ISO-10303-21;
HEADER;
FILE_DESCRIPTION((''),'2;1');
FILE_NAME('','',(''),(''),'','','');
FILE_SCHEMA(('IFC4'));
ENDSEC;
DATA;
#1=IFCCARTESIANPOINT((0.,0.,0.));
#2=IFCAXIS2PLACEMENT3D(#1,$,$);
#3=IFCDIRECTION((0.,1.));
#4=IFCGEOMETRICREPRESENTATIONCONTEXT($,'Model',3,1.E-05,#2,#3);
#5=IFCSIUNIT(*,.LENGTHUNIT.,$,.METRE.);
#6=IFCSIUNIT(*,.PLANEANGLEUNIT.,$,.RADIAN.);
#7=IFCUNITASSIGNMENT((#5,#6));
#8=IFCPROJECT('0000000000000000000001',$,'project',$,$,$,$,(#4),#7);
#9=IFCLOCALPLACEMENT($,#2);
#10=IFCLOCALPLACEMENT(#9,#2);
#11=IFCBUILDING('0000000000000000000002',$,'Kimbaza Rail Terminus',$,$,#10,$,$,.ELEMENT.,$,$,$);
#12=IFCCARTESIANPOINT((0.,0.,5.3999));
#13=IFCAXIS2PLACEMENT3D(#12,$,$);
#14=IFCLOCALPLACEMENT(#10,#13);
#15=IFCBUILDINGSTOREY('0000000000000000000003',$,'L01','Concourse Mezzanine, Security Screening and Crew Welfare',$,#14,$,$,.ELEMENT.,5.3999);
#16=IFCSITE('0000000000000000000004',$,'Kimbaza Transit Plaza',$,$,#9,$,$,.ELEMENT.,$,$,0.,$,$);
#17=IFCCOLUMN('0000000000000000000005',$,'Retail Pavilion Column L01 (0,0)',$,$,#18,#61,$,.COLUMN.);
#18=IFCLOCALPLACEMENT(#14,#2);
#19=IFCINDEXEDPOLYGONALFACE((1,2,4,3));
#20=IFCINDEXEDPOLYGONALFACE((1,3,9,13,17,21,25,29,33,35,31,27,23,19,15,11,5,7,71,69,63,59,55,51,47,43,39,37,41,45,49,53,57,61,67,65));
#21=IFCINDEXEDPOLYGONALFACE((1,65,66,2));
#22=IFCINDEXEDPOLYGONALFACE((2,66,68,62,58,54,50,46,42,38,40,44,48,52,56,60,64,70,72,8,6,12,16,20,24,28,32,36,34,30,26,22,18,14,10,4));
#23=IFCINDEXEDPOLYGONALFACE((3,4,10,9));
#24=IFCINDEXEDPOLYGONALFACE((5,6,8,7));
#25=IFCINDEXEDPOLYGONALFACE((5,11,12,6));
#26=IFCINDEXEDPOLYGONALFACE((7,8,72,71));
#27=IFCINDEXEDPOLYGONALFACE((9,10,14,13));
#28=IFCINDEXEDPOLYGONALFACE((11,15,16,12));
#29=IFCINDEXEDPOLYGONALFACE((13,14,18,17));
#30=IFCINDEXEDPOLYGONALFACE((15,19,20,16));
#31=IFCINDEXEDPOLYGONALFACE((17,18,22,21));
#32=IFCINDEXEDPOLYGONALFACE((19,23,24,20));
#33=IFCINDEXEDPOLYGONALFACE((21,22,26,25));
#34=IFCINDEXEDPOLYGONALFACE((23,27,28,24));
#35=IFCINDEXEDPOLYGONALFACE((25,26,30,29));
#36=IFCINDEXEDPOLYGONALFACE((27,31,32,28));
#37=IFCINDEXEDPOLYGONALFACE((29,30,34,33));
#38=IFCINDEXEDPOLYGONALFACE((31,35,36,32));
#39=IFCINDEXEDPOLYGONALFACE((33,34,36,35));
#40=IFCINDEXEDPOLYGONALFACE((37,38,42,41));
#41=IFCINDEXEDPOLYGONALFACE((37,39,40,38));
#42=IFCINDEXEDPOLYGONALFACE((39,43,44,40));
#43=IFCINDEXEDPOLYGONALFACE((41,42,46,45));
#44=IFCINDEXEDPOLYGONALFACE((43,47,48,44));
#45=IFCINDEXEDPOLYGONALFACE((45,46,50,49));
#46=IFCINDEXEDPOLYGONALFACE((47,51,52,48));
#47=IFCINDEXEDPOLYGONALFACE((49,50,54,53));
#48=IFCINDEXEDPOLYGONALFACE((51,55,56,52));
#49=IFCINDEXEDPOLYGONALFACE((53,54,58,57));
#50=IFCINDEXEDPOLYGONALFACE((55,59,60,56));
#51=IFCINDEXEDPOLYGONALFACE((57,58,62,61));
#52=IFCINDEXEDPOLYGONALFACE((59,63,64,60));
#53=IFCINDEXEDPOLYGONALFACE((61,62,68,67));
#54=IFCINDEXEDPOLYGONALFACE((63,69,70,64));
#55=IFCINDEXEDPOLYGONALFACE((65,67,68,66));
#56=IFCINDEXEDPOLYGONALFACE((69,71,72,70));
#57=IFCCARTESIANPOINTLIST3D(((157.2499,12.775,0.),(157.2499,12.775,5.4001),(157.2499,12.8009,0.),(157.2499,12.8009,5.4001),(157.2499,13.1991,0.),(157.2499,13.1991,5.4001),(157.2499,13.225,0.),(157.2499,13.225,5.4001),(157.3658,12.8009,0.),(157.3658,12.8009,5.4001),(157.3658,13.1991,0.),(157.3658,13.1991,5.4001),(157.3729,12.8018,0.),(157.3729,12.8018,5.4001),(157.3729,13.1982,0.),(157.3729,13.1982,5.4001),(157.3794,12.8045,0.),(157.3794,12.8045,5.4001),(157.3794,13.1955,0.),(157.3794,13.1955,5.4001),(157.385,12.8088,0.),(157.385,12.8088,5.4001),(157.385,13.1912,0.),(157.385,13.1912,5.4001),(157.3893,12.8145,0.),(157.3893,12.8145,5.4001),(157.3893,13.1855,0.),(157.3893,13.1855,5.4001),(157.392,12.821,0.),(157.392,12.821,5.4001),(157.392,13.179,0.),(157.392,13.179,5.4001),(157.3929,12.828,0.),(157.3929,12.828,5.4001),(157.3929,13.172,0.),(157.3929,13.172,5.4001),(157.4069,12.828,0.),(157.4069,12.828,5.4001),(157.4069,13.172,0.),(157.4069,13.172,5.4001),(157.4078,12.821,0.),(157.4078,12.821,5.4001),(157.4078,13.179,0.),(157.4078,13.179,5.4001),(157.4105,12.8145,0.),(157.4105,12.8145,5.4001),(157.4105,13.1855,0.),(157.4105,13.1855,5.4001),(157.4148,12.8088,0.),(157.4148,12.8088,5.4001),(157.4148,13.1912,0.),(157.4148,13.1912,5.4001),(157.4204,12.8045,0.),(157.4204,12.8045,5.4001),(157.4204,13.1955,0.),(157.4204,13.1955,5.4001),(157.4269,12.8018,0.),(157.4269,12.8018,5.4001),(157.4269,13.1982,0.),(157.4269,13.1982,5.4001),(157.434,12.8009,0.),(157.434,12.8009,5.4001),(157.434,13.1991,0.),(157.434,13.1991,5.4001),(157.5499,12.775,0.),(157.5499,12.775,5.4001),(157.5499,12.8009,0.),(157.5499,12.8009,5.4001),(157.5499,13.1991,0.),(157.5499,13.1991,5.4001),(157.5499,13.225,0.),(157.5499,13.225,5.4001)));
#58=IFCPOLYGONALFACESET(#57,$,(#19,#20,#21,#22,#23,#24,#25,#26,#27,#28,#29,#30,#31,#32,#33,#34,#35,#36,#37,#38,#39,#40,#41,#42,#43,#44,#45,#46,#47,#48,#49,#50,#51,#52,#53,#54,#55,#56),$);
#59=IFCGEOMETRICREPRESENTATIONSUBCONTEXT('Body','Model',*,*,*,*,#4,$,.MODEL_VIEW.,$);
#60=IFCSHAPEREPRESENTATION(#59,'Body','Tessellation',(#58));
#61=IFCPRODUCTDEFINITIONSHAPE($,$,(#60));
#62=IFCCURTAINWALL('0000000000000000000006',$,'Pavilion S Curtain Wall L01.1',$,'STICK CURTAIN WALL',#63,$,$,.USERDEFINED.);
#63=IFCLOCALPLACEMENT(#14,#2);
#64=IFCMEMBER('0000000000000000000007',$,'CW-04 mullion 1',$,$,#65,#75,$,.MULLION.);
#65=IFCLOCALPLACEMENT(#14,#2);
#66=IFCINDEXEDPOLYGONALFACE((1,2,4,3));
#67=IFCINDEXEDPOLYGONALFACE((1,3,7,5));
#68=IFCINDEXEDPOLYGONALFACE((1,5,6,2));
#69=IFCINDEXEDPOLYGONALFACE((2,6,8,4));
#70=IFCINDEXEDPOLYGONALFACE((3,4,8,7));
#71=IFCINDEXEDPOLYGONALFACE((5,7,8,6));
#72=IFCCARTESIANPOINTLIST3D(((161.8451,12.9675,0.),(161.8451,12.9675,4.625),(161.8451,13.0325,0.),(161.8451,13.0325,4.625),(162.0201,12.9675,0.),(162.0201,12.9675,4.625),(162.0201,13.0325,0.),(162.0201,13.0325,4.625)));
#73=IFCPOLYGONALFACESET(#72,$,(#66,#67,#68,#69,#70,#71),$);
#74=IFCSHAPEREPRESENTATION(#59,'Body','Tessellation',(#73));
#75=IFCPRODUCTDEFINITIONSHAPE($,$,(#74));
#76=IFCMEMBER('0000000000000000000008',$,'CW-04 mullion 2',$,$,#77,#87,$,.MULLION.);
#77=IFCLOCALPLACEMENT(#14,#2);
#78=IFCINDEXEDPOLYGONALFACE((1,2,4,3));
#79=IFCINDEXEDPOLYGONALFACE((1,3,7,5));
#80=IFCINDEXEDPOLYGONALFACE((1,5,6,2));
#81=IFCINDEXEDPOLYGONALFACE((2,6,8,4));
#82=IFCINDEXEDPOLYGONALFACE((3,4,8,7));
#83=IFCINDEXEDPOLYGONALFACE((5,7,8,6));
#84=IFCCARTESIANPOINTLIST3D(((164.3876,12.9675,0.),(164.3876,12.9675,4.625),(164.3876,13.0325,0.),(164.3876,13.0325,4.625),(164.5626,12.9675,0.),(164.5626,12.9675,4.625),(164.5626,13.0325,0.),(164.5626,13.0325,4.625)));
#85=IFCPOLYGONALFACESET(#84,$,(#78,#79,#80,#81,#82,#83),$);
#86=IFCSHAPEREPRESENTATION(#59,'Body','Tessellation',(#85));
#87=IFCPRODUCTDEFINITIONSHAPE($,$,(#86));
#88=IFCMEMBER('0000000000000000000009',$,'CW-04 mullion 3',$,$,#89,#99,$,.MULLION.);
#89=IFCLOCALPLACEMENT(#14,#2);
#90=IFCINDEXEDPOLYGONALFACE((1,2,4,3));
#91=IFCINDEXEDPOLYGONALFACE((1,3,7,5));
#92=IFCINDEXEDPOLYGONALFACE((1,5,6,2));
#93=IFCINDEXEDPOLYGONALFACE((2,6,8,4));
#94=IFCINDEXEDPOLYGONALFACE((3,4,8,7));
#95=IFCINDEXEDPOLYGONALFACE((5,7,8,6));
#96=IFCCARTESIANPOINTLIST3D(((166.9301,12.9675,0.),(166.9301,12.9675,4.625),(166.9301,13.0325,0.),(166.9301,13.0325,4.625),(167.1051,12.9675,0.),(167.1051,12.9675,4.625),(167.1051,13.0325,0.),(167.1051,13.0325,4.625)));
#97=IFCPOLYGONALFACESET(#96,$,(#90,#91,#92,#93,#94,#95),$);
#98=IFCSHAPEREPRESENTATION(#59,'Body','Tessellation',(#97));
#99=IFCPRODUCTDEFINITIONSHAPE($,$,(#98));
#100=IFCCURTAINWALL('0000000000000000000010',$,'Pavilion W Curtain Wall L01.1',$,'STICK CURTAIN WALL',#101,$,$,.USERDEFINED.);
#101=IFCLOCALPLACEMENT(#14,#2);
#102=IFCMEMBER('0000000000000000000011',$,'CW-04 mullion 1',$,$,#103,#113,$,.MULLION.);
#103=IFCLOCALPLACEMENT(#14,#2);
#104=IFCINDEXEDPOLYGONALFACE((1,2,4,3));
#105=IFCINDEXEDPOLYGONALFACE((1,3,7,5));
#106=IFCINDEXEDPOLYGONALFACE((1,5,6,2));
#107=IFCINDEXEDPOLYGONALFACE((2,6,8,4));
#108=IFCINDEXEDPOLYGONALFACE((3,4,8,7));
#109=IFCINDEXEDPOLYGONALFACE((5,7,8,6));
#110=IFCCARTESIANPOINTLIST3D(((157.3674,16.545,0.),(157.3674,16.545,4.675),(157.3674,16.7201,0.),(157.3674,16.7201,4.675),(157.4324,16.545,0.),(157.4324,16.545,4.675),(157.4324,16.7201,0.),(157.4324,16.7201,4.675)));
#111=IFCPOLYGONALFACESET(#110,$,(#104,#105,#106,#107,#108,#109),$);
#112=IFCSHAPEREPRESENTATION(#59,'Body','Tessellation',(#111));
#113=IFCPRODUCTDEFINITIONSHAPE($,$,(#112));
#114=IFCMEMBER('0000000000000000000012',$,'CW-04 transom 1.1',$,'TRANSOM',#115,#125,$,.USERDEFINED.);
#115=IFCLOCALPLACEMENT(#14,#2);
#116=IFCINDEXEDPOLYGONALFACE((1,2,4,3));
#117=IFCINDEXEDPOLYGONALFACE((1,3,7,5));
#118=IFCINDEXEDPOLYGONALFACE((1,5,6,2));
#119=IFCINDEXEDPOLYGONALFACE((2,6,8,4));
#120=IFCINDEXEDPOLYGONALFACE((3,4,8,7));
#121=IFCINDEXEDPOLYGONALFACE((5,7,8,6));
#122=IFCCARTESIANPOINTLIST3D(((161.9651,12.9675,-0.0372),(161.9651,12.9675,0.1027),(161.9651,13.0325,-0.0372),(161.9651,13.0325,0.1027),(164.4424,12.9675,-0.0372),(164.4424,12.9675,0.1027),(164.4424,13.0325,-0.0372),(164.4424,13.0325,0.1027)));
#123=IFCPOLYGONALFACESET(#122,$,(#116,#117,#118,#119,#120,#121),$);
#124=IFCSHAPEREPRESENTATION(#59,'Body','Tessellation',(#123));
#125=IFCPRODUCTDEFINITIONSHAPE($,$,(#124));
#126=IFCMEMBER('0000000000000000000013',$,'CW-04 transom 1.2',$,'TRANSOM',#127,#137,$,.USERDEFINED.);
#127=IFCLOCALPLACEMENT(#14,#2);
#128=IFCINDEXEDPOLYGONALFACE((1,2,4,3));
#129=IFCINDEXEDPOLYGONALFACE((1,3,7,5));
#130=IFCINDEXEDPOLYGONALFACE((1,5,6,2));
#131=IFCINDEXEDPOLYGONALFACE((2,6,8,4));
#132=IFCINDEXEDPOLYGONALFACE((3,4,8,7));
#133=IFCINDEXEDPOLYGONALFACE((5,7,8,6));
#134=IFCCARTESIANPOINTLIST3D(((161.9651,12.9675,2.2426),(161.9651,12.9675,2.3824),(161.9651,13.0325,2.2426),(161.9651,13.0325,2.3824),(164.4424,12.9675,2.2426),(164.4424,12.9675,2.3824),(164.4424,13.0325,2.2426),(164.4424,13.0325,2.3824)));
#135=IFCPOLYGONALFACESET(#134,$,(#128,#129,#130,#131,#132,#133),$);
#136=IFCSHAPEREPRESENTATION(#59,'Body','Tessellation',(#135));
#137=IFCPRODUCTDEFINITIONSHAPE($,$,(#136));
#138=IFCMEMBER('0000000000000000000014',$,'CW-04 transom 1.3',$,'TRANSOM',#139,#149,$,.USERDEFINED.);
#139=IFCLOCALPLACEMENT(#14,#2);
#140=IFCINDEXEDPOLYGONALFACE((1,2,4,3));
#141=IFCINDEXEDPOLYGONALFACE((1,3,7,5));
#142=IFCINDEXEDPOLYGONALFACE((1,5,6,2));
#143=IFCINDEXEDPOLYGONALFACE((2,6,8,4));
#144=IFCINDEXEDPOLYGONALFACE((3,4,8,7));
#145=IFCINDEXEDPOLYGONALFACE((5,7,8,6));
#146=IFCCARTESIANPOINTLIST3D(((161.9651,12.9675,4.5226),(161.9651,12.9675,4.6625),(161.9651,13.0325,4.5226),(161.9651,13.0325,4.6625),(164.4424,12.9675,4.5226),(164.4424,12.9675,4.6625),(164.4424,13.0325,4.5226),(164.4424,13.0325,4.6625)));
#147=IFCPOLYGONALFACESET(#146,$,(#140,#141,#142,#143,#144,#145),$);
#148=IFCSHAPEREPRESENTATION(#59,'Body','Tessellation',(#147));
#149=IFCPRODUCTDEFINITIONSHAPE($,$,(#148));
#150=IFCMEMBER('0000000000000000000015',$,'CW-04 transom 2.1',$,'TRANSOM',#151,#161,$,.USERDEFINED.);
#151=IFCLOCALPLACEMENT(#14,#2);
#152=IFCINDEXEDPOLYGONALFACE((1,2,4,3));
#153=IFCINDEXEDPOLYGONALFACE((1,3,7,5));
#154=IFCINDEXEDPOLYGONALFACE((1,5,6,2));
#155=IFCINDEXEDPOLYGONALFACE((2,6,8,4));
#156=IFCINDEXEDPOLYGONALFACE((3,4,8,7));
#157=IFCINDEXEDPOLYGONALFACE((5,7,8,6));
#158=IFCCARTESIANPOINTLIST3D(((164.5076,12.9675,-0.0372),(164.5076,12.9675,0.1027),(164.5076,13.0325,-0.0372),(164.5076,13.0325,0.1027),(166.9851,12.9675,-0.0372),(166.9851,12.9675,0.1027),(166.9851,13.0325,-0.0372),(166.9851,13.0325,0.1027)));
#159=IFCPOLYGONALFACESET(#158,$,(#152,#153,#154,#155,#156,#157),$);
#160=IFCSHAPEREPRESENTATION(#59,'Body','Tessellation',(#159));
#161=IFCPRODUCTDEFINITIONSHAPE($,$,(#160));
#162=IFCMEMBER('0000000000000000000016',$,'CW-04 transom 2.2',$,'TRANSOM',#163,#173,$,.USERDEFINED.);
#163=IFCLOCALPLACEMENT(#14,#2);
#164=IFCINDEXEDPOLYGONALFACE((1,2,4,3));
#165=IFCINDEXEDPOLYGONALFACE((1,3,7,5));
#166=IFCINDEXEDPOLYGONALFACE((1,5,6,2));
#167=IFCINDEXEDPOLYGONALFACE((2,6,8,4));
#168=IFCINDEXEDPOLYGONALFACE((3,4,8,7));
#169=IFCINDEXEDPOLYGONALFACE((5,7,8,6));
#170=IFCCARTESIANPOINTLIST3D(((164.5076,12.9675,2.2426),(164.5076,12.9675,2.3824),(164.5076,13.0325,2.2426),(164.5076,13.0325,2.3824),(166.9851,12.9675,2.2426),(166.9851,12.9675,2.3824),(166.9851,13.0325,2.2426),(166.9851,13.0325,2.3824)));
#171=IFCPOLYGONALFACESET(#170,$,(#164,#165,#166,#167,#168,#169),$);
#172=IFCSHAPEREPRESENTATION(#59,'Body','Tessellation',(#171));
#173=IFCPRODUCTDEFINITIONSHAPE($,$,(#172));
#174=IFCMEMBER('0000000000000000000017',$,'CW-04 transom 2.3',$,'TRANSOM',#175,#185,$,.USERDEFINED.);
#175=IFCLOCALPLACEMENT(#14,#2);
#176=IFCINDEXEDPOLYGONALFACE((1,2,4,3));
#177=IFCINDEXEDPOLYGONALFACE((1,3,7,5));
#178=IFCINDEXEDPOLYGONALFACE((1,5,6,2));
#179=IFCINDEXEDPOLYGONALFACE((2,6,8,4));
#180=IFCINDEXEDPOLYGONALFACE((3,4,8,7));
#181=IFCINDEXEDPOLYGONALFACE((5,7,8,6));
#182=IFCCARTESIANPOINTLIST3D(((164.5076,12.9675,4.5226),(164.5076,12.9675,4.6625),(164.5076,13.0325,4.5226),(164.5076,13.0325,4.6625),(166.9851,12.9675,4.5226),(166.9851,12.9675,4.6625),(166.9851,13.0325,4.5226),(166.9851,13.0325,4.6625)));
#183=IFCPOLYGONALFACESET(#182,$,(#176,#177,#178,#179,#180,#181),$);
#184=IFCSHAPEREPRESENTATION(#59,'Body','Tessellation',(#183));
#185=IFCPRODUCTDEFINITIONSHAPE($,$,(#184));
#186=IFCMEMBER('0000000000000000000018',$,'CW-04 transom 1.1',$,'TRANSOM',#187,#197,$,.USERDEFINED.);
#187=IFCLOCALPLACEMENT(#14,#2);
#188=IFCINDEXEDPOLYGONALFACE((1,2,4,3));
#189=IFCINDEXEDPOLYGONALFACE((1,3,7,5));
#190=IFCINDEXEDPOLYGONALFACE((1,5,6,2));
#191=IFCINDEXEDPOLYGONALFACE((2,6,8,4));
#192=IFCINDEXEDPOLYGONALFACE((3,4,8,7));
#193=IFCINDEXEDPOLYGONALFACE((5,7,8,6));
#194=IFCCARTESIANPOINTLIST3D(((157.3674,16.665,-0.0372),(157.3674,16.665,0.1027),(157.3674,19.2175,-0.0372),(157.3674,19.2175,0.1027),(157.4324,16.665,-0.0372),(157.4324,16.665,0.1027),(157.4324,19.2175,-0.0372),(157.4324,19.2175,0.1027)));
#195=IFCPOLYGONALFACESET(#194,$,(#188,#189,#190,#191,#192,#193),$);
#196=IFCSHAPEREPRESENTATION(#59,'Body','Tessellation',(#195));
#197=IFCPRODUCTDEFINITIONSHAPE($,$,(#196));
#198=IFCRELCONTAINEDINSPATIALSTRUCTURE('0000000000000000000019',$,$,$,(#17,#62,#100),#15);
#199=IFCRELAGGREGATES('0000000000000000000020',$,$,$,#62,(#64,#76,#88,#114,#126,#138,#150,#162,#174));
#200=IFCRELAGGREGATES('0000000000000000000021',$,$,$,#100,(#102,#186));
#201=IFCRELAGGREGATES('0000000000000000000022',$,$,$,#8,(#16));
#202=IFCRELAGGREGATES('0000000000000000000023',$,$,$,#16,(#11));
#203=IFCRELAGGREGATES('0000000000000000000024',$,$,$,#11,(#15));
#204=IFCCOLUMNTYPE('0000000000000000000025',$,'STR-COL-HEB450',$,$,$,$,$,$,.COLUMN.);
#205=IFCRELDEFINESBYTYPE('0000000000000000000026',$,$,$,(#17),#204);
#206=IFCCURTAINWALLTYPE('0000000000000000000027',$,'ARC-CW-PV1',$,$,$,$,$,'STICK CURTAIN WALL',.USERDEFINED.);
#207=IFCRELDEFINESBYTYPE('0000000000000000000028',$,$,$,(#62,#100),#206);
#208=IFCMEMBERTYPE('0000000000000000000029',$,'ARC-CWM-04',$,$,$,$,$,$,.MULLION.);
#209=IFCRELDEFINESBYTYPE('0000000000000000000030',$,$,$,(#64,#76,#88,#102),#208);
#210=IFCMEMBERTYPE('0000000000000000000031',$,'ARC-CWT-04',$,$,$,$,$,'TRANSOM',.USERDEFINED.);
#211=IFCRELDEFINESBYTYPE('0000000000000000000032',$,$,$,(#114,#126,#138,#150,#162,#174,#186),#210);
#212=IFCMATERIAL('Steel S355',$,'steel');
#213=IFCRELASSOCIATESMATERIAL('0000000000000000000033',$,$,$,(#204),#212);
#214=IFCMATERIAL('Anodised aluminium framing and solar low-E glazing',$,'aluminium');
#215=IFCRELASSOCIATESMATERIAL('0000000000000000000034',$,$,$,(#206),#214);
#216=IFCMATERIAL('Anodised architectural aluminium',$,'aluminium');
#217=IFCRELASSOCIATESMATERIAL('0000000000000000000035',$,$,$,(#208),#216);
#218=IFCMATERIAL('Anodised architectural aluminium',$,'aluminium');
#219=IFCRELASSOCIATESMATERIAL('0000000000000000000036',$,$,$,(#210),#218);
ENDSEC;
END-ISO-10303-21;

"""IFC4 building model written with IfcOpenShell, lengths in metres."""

from ifc_helpers import new_model, si_unit, direction, frame, origin, origin_2d, place, context, subcontext, project, spatial, rectangle, i_section, extrude, material, material_profile, profile_set, type_object, element, aggregate, save


model = new_model("IFC4")

# Units and contexts
model_context = context("Model", 3, precision=1e-05, world=origin(), true_north=direction((0.0, 1.0)))
body_context = subcontext(model_context, "Body", "Model", "MODEL_VIEW")
ifc_project = project(units=[si_unit("LENGTHUNIT", "METRE"), si_unit("PLANEANGLEUNIT", "RADIAN")], contexts=[model_context])

# Site, building, storey
site_placement = place(None, origin())
site = spatial("IfcSite", under=ifc_project, at=site_placement, Name="Kimbaza Transit Plaza", CompositionType="ELEMENT", RefElevation=0.0)
building_placement = place(site_placement, origin())
building = spatial("IfcBuilding", under=site, at=building_placement, Name="Kimbaza Rail Terminus", CompositionType="ELEMENT")
storey_placement = place(building_placement, frame((0.0, 0.0, 5.3999)))
storey = spatial("IfcBuildingStorey", under=building, at=storey_placement, Name="L01", Description="Concourse Mezzanine, Security Screening and Crew Welfare", CompositionType="ELEMENT", Elevation=5.3999)

# Column
ifc_material_1 = material(Name="Steel S355", Category="steel")
ifc_material_profile_1 = material_profile(ifc_material_1, i_section(OverallWidth=0.3, OverallDepth=0.45, WebThickness=0.0139, FlangeThickness=0.0259, FilletRadius=0.0271, at=origin_2d()), Name="HEB 450")
ifc_profile_set_1 = profile_set([ifc_material_profile_1], Name="Steel S355")
column_type = type_object("IfcColumnType", Name="STR-COL-HEB450", PredefinedType="COLUMN", material=ifc_profile_set_1)
column_placement = place(storey_placement, frame((157.3999, 13.0, 0.0), z_axis=(0.0, 0.0, 1.0), x_axis=(1.0, 0.0, 0.0)))
element("IfcColumn", 1, at=column_placement, inside=storey, type_object=column_type, Name="Retail Pavilion Column L01 (0,0)", PredefinedType="COLUMN", context=body_context, shape_type="SweptSolid", body=[
    extrude(i_section(OverallWidth=0.3, OverallDepth=0.45, WebThickness=0.0139, FlangeThickness=0.0259, FilletRadius=0.0271, at=origin_2d()), origin(), (0.0, 0.0, 1.0), 5.4001),
])

# Curtain wall, members
ifc_material_2 = material(Name="Anodised aluminium framing and solar low-E glazing", Category="aluminium")
curtain_wall_type = type_object("IfcCurtainWallType", Name="ARC-CW-PV1", ElementType="STICK CURTAIN WALL", PredefinedType="USERDEFINED", material=ifc_material_2)
curtain_wall_1_placement = place(storey_placement, origin())
curtain_wall_1 = element("IfcCurtainWall", 2, at=curtain_wall_1_placement, inside=storey, type_object=curtain_wall_type, Name="Pavilion S Curtain Wall L01.1", ObjectType="STICK CURTAIN WALL", PredefinedType="USERDEFINED")
ifc_material_3 = material(Name="Anodised architectural aluminium", Category="aluminium")
ifc_material_profile_2 = material_profile(ifc_material_3, rectangle(XDim=0.0649, YDim=0.175, at=origin_2d()), Name="MULLION 65x175")
ifc_profile_set_2 = profile_set([ifc_material_profile_2], Name="Anodised architectural aluminium")
member_type_1 = type_object("IfcMemberType", Name="ARC-CWM-04", PredefinedType="MULLION", material=ifc_profile_set_2)
member_1_placement = place(storey_placement, frame((161.9326, 13.0, 0.0), z_axis=(0.0, 0.0, 1.0), x_axis=(0.0, 1.0, 0.0)))
member_1 = element("IfcMember", 3, at=member_1_placement, type_object=member_type_1, Name="CW-04 mullion 1", PredefinedType="MULLION", context=body_context, shape_type="SweptSolid", body=[
    extrude(rectangle(XDim=0.0649, YDim=0.175, at=origin_2d()), origin(), (0.0, 0.0, 1.0), 4.625),
])
member_2_placement = place(storey_placement, frame((164.4751, 13.0, 0.0), z_axis=(0.0, 0.0, 1.0), x_axis=(0.0, 1.0, 0.0)))
member_2 = element("IfcMember", 4, at=member_2_placement, type_object=member_type_1, Name="CW-04 mullion 2", PredefinedType="MULLION", context=body_context, shape_type="SweptSolid", body=[
    extrude(rectangle(XDim=0.0649, YDim=0.175, at=origin_2d()), origin(), (0.0, 0.0, 1.0), 4.625),
])
member_3_placement = place(storey_placement, frame((167.0176, 13.0, 0.0), z_axis=(0.0, 0.0, 1.0), x_axis=(0.0, 1.0, 0.0)))
member_3 = element("IfcMember", 5, at=member_3_placement, type_object=member_type_1, Name="CW-04 mullion 3", PredefinedType="MULLION", context=body_context, shape_type="SweptSolid", body=[
    extrude(rectangle(XDim=0.0649, YDim=0.175, at=origin_2d()), origin(), (0.0, 0.0, 1.0), 4.625),
])

# Curtain wall, member
curtain_wall_2_placement = place(storey_placement, origin())
curtain_wall_2 = element("IfcCurtainWall", 6, at=curtain_wall_2_placement, inside=storey, type_object=curtain_wall_type, Name="Pavilion W Curtain Wall L01.1", ObjectType="STICK CURTAIN WALL", PredefinedType="USERDEFINED")
member_4_placement = place(storey_placement, frame((157.3999, 16.6326, 0.0), z_axis=(0.0, 0.0, 1.0), x_axis=(-1.0, 0.0, 0.0)))
member_4 = element("IfcMember", 7, at=member_4_placement, type_object=member_type_1, Name="CW-04 mullion 1", PredefinedType="MULLION", context=body_context, shape_type="SweptSolid", body=[
    extrude(rectangle(XDim=0.0649, YDim=0.175, at=origin_2d()), origin(), (0.0, 0.0, 1.0), 4.675),
])

# Members
ifc_material_4 = material(Name="Anodised architectural aluminium", Category="aluminium")
ifc_material_profile_3 = material_profile(ifc_material_4, rectangle(XDim=0.0649, YDim=0.1399, at=origin_2d()), Name="TRANSOM 65x140")
ifc_profile_set_3 = profile_set([ifc_material_profile_3], Name="Anodised architectural aluminium")
member_type_2 = type_object("IfcMemberType", Name="ARC-CWT-04", ElementType="TRANSOM", PredefinedType="USERDEFINED", material=ifc_profile_set_3)
member_5_placement = place(storey_placement, frame((161.9651, 13.0, 0.0327), z_axis=(1.0, 0.0, 0.0), x_axis=(0.0, 1.0, 0.0)))
member_5 = element("IfcMember", 8, at=member_5_placement, type_object=member_type_2, Name="CW-04 transom 1.1", ObjectType="TRANSOM", PredefinedType="USERDEFINED", context=body_context, shape_type="SweptSolid", body=[
    extrude(rectangle(XDim=0.0649, YDim=0.1399, at=origin_2d()), origin(), (0.0, 0.0, 1.0), 2.4773),
])
member_6_placement = place(storey_placement, frame((161.9651, 13.0, 2.3125), z_axis=(1.0, 0.0, 0.0), x_axis=(0.0, 1.0, 0.0)))
member_6 = element("IfcMember", 9, at=member_6_placement, type_object=member_type_2, Name="CW-04 transom 1.2", ObjectType="TRANSOM", PredefinedType="USERDEFINED", context=body_context, shape_type="SweptSolid", body=[
    extrude(rectangle(XDim=0.0649, YDim=0.1399, at=origin_2d()), origin(), (0.0, 0.0, 1.0), 2.4773),
])
member_7_placement = place(storey_placement, frame((161.9651, 13.0, 4.5925), z_axis=(1.0, 0.0, 0.0), x_axis=(0.0, 1.0, 0.0)))
member_7 = element("IfcMember", 10, at=member_7_placement, type_object=member_type_2, Name="CW-04 transom 1.3", ObjectType="TRANSOM", PredefinedType="USERDEFINED", context=body_context, shape_type="SweptSolid", body=[
    extrude(rectangle(XDim=0.0649, YDim=0.1399, at=origin_2d()), origin(), (0.0, 0.0, 1.0), 2.4773),
])
member_8_placement = place(storey_placement, frame((164.5076, 13.0, 0.0327), z_axis=(1.0, 0.0, 0.0), x_axis=(0.0, 1.0, 0.0)))
member_8 = element("IfcMember", 11, at=member_8_placement, type_object=member_type_2, Name="CW-04 transom 2.1", ObjectType="TRANSOM", PredefinedType="USERDEFINED", context=body_context, shape_type="SweptSolid", body=[
    extrude(rectangle(XDim=0.0649, YDim=0.1399, at=origin_2d()), origin(), (0.0, 0.0, 1.0), 2.4775),
])
member_9_placement = place(storey_placement, frame((164.5076, 13.0, 2.3125), z_axis=(1.0, 0.0, 0.0), x_axis=(0.0, 1.0, 0.0)))
member_9 = element("IfcMember", 12, at=member_9_placement, type_object=member_type_2, Name="CW-04 transom 2.2", ObjectType="TRANSOM", PredefinedType="USERDEFINED", context=body_context, shape_type="SweptSolid", body=[
    extrude(rectangle(XDim=0.0649, YDim=0.1399, at=origin_2d()), origin(), (0.0, 0.0, 1.0), 2.4775),
])
member_10_placement = place(storey_placement, frame((164.5076, 13.0, 4.5925), z_axis=(1.0, 0.0, 0.0), x_axis=(0.0, 1.0, 0.0)))
member_10 = element("IfcMember", 13, at=member_10_placement, type_object=member_type_2, Name="CW-04 transom 2.3", ObjectType="TRANSOM", PredefinedType="USERDEFINED", context=body_context, shape_type="SweptSolid", body=[
    extrude(rectangle(XDim=0.0649, YDim=0.1399, at=origin_2d()), origin(), (0.0, 0.0, 1.0), 2.4775),
])
member_11_placement = place(storey_placement, frame((157.3999, 16.665, 0.0327), z_axis=(0.0, 1.0, 0.0), x_axis=(-1.0, 0.0, 0.0)))
member_11 = element("IfcMember", 14, at=member_11_placement, type_object=member_type_2, Name="CW-04 transom 1.1", ObjectType="TRANSOM", PredefinedType="USERDEFINED", context=body_context, shape_type="SweptSolid", body=[
    extrude(rectangle(XDim=0.0649, YDim=0.1399, at=origin_2d()), origin(), (0.0, 0.0, 1.0), 2.5525),
])

aggregate(curtain_wall_1, [member_1, member_2, member_3, member_5, member_6, member_7, member_8, member_9, member_10])
aggregate(curtain_wall_2, [member_4, member_11])

save(model, "model.ifc")
